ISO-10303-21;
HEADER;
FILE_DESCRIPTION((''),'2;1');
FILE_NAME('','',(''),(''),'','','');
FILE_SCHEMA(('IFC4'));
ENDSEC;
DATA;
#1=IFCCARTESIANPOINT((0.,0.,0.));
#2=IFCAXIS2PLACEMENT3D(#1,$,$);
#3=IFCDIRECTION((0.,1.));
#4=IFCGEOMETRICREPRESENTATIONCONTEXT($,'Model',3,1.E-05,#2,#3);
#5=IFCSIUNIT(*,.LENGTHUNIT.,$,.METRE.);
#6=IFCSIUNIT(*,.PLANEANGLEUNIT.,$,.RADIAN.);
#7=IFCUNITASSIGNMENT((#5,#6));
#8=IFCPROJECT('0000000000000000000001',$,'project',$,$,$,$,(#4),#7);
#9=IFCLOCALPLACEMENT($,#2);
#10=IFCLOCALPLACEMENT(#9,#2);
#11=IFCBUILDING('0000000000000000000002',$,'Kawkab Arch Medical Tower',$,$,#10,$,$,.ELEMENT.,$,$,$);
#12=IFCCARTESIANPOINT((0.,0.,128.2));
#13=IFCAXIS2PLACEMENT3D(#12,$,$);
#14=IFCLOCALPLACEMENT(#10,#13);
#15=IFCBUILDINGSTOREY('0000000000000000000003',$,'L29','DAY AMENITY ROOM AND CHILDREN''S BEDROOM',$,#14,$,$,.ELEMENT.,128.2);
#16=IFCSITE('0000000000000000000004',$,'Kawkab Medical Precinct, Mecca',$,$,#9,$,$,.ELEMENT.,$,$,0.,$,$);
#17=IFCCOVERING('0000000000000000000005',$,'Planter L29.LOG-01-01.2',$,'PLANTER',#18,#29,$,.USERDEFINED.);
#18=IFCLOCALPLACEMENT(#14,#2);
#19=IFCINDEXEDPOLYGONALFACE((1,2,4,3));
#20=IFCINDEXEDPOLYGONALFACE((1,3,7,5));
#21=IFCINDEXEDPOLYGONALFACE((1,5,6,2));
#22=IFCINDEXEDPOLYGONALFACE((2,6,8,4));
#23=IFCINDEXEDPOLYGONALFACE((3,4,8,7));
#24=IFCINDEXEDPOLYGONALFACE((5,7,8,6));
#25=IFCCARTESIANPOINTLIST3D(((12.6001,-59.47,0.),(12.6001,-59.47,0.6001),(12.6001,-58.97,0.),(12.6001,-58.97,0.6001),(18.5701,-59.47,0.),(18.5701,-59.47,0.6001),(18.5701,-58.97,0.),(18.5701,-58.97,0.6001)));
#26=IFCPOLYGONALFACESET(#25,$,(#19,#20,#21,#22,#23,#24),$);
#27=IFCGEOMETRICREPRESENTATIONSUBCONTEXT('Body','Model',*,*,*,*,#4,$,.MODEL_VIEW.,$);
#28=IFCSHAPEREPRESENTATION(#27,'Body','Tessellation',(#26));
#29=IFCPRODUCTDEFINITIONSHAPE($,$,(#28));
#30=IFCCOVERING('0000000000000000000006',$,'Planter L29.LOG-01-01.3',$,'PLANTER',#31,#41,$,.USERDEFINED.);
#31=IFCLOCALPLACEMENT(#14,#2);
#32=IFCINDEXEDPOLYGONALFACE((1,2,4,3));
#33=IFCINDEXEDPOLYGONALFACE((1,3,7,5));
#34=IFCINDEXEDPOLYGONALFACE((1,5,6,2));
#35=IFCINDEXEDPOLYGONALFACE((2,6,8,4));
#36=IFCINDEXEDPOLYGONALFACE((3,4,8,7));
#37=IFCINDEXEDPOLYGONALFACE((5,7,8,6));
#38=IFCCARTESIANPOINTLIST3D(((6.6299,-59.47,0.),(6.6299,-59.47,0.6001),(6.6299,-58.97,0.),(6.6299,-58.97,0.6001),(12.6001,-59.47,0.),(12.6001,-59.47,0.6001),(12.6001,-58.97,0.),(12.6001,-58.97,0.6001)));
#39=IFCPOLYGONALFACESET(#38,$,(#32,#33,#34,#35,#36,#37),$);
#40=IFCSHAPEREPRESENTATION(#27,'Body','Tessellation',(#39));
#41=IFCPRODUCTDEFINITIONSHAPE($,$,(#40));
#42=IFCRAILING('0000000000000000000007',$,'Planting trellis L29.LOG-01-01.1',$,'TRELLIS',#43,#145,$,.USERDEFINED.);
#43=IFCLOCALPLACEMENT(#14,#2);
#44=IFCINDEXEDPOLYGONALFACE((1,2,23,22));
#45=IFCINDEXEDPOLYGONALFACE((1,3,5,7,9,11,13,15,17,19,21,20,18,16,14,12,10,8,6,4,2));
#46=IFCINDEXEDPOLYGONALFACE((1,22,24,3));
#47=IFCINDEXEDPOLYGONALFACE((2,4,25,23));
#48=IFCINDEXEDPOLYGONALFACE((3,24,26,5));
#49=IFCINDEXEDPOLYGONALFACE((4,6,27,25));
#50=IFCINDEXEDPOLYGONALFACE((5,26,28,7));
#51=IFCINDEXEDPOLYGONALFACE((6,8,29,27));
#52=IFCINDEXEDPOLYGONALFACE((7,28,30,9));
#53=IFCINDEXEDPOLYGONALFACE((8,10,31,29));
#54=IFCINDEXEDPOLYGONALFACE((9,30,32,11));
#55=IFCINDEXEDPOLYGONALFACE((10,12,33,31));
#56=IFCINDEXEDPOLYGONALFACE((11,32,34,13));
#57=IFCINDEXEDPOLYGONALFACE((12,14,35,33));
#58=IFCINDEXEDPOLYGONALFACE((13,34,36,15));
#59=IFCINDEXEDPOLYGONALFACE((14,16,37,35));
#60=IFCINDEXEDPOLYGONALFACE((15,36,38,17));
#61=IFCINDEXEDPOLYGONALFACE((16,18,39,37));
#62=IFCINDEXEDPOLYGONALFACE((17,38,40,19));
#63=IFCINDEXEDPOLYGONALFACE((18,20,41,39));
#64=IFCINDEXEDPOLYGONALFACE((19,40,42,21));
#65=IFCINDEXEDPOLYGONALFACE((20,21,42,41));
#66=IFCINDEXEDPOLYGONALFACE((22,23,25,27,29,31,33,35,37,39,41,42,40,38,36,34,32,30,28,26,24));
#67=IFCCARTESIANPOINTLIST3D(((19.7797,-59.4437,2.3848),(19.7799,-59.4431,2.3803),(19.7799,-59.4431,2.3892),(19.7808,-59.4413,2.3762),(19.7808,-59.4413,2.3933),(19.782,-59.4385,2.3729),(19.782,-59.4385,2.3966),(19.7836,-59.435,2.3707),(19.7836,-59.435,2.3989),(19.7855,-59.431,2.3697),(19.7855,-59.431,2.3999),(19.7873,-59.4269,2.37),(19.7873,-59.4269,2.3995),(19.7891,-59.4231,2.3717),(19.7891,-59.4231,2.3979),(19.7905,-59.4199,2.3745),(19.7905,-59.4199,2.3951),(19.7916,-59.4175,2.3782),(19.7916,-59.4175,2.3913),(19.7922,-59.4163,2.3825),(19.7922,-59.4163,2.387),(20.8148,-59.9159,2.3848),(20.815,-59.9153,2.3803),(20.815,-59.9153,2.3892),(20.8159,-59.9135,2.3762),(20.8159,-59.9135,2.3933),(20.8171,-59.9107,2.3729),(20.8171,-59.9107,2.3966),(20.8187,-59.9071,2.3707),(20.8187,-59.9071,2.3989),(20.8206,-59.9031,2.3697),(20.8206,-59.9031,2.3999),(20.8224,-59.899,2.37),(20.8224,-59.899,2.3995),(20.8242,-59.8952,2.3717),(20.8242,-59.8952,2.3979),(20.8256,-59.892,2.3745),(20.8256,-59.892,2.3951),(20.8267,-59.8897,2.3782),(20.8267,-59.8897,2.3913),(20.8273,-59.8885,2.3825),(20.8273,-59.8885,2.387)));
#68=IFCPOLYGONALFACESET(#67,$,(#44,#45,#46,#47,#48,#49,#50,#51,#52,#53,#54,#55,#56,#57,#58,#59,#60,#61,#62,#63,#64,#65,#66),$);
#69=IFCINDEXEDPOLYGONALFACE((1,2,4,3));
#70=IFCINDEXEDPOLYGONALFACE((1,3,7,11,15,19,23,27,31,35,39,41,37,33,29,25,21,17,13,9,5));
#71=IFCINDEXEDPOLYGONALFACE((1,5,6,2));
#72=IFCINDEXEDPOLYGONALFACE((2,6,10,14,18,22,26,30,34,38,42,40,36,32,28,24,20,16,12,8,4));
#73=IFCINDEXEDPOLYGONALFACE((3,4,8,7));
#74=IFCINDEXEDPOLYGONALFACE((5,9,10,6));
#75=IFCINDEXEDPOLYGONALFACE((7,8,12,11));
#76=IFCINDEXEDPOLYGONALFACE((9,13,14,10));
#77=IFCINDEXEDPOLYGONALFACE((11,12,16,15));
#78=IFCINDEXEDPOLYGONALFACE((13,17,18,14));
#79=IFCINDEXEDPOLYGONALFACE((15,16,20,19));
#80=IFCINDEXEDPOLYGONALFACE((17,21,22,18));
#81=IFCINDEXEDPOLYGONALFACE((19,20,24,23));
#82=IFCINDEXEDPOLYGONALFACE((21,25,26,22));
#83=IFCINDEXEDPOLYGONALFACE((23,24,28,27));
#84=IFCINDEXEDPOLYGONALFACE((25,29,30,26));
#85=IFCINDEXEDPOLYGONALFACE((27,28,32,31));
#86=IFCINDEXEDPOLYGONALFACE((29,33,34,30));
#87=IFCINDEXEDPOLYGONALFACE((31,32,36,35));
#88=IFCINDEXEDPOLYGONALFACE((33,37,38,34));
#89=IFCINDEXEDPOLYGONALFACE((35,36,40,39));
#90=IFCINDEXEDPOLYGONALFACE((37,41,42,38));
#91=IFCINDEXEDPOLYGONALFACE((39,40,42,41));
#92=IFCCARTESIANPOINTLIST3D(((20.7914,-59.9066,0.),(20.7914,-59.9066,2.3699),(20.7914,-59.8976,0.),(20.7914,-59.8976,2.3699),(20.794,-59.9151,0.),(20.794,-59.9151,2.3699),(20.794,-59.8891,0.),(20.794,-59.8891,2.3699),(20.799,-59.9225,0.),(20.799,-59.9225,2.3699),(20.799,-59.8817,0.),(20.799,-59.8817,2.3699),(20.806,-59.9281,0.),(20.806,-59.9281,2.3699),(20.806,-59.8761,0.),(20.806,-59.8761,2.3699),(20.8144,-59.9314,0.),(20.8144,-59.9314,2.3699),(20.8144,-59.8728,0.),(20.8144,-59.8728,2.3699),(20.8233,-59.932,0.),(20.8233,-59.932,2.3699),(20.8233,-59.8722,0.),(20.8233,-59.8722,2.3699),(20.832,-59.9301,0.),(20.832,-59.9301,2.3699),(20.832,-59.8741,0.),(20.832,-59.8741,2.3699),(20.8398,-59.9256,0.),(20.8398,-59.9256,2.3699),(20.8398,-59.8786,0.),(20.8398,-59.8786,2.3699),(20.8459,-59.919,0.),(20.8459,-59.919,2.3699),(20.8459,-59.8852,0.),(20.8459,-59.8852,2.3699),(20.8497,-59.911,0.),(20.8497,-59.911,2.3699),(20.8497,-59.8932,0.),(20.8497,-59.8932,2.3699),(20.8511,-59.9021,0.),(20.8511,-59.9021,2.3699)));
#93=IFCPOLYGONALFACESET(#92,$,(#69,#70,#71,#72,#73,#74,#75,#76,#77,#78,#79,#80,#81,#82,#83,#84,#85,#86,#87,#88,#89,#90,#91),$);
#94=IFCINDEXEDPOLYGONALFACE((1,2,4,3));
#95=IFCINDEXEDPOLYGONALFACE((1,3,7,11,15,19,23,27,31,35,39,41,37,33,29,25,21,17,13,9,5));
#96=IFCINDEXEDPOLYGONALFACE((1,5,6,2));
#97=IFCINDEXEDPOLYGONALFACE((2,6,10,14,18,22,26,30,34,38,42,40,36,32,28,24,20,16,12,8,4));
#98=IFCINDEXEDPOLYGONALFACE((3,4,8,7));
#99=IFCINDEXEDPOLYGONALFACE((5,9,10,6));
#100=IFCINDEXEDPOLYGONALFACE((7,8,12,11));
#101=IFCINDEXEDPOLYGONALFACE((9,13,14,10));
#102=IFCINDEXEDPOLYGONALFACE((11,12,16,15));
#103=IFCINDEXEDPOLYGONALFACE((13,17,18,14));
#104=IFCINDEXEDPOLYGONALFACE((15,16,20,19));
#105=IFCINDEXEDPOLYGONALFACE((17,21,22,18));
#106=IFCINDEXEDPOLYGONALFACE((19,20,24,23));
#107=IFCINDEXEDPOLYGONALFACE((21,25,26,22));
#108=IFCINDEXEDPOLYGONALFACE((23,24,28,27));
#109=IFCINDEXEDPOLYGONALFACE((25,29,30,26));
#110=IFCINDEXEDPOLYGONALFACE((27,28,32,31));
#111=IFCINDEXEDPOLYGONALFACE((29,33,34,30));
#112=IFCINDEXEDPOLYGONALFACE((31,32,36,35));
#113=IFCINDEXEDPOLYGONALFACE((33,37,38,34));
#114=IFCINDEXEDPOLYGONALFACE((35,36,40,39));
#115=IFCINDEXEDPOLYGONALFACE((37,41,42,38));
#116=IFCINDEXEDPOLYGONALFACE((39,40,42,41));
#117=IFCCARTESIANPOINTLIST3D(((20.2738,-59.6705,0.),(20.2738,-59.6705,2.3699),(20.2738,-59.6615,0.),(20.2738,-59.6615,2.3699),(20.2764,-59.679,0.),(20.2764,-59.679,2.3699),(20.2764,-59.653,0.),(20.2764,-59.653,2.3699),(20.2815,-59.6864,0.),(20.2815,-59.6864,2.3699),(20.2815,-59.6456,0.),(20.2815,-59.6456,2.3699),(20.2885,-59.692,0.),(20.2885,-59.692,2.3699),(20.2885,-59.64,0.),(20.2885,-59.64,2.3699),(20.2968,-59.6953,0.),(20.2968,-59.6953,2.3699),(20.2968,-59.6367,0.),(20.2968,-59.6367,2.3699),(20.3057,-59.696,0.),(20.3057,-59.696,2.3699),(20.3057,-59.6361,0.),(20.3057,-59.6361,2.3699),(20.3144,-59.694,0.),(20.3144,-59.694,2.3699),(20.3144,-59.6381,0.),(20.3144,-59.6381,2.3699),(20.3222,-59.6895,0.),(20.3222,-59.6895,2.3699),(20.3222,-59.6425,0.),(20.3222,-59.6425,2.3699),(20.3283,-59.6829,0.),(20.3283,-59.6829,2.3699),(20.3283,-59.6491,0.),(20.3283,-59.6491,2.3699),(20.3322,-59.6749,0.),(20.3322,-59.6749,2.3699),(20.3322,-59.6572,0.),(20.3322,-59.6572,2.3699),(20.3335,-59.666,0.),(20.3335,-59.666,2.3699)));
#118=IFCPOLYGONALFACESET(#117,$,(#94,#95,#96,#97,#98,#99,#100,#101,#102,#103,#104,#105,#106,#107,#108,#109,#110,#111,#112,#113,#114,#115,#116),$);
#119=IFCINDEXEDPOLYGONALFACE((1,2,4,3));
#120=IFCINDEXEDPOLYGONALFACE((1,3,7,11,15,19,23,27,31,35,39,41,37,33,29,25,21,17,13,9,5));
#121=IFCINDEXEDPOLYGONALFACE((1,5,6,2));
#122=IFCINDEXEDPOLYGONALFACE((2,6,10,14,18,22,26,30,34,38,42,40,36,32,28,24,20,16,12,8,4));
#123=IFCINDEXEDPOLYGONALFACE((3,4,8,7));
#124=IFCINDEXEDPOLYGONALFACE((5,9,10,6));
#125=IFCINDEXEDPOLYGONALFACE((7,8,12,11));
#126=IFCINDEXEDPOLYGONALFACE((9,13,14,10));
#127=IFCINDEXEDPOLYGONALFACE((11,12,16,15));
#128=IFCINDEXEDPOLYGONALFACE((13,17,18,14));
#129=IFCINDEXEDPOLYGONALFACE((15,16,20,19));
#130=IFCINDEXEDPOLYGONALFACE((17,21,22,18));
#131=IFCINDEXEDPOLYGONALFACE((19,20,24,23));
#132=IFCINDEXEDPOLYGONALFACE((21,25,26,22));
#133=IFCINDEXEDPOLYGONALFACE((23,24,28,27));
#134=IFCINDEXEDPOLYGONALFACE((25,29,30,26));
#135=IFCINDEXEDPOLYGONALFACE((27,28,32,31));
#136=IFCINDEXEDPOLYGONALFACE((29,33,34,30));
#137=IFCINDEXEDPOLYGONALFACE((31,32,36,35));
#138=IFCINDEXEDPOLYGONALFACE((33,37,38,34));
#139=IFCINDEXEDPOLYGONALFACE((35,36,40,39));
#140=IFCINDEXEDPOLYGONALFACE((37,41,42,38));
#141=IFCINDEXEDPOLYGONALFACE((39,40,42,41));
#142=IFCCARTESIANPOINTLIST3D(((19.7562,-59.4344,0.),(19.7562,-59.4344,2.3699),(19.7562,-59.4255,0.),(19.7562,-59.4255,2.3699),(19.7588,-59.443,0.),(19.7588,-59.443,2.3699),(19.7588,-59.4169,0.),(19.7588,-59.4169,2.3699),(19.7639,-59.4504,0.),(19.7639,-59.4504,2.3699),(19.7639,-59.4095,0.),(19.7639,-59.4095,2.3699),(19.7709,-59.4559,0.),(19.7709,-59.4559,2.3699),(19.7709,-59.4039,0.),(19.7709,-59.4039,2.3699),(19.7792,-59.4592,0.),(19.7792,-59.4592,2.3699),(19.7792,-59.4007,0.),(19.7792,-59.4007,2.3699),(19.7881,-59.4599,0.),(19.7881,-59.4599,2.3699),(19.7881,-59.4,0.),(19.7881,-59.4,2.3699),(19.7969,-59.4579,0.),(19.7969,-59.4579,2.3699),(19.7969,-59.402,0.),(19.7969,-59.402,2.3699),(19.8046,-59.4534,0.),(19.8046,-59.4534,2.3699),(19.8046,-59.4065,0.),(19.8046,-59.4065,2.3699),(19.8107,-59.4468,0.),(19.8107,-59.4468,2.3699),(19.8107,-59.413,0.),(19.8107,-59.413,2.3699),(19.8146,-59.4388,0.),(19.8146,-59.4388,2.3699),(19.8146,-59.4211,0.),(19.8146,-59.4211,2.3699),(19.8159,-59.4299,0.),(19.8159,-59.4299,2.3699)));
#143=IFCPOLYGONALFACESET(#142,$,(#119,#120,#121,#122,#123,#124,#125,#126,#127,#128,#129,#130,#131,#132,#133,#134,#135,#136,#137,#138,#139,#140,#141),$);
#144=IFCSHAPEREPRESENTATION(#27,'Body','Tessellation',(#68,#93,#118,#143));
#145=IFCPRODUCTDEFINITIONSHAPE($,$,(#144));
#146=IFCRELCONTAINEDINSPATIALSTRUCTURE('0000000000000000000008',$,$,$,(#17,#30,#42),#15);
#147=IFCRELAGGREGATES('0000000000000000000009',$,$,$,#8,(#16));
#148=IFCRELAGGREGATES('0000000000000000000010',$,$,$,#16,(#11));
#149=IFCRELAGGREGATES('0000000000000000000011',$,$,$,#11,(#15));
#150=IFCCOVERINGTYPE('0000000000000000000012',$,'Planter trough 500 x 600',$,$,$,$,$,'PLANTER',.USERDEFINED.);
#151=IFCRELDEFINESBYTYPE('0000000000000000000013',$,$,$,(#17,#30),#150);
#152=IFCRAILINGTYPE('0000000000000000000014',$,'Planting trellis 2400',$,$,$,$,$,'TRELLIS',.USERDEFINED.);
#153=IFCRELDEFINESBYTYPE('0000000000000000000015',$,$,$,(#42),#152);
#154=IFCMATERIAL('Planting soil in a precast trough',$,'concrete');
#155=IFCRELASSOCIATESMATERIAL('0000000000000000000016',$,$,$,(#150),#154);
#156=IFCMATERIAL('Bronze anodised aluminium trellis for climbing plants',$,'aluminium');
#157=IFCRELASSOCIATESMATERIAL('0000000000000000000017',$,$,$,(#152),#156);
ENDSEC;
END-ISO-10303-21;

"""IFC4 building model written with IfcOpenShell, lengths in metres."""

from ifc_helpers import new_model, si_unit, direction, frame, origin, origin_2d, place, context, subcontext, project, spatial, rectangle, circle, extrude, material, material_profile, profile_set, type_object, element, save


model = new_model("IFC4")

# Units and contexts
model_context = context("Model", 3, precision=1e-05, world=origin(), true_north=direction((0.0, 1.0)))
body_context = subcontext(model_context, "Body", "Model", "MODEL_VIEW")
ifc_project = project(units=[si_unit("LENGTHUNIT", "METRE"), si_unit("PLANEANGLEUNIT", "RADIAN")], contexts=[model_context])

# Site, building, storey
site_placement = place(None, origin())
site = spatial("IfcSite", under=ifc_project, at=site_placement, Name="Kawkab Medical Precinct, Mecca", CompositionType="ELEMENT", RefElevation=0.0)
building_placement = place(site_placement, origin())
building = spatial("IfcBuilding", under=site, at=building_placement, Name="Kawkab Arch Medical Tower", CompositionType="ELEMENT")
storey_placement = place(building_placement, frame((0.0, 0.0, 128.2)))
storey = spatial("IfcBuildingStorey", under=building, at=storey_placement, Name="L29", Description="DAY AMENITY ROOM AND CHILDREN'S BEDROOM", CompositionType="ELEMENT", Elevation=128.2)

# Coverings
ifc_material_1 = material(Name="Planting soil in a precast trough", Category="concrete")
ifc_material_profile_1 = material_profile(ifc_material_1, rectangle(XDim=0.5, YDim=0.6001, at=origin_2d()), Name="Trough 500x600")
ifc_profile_set_1 = profile_set([ifc_material_profile_1], Name="Planting soil in a precast trough")
covering_type_1 = type_object("IfcCoveringType", Name="Planter trough 500 x 600", ElementType="PLANTER", PredefinedType="USERDEFINED", material=ifc_profile_set_1)
covering_1_placement = place(storey_placement, frame((18.5701, -59.22, 0.3), z_axis=(-1.0, 0.0, 0.0), x_axis=(0.0, -1.0, 0.0)))
element("IfcCovering", 1, at=covering_1_placement, inside=storey, type_object=covering_type_1, Name="Planter L29.LOG-01-01.2", ObjectType="PLANTER", PredefinedType="USERDEFINED", context=body_context, shape_type="SweptSolid", body=[
    extrude(rectangle(XDim=0.5, YDim=0.6001, at=origin_2d()), origin(), (0.0, 0.0, 1.0), 5.97),
])
covering_2_placement = place(storey_placement, frame((12.6001, -59.22, 0.3), z_axis=(-1.0, 0.0, 0.0), x_axis=(0.0, -1.0, 0.0)))
element("IfcCovering", 2, at=covering_2_placement, inside=storey, type_object=covering_type_1, Name="Planter L29.LOG-01-01.3", ObjectType="PLANTER", PredefinedType="USERDEFINED", context=body_context, shape_type="SweptSolid", body=[
    extrude(rectangle(XDim=0.5, YDim=0.6001, at=origin_2d()), origin(), (0.0, 0.0, 1.0), 5.9702),
])

# Railing
ifc_material_2 = material(Name="Bronze anodised aluminium trellis for climbing plants", Category="aluminium")
railing_type_1 = type_object("IfcRailingType", Name="Planting trellis 2400", ElementType="TRELLIS", PredefinedType="USERDEFINED", material=ifc_material_2)
railing_1_placement = place(storey_placement, frame((20.821, -59.9021, 0.0)))
element("IfcRailing", 3, at=railing_1_placement, inside=storey, type_object=railing_type_1, Name="Planting trellis L29.LOG-01-01.1", ObjectType="TRELLIS", PredefinedType="USERDEFINED", context=body_context, shape_type="SweptSolid", body=[
    extrude(circle(Radius=0.0151, at=origin_2d()), frame((0.0, 0.0, 2.3848), z_axis=(-0.909822, 0.414999, 0.0), x_axis=(-0.414999, -0.909822, 0.0)), (0.0, 0.0, 1.0), 1.1377),
    extrude(circle(Radius=0.03, at=origin_2d()), origin(), (0.0, 0.0, 1.0), 2.3699),
    extrude(circle(Radius=0.03, at=origin_2d()), frame((-0.5176, 0.2361, 0.0)), (0.0, 0.0, 1.0), 2.3699),
    extrude(circle(Radius=0.03, at=origin_2d()), frame((-1.0352, 0.4722, 0.0)), (0.0, 0.0, 1.0), 2.3699),
])

save(model, "model.ifc")
